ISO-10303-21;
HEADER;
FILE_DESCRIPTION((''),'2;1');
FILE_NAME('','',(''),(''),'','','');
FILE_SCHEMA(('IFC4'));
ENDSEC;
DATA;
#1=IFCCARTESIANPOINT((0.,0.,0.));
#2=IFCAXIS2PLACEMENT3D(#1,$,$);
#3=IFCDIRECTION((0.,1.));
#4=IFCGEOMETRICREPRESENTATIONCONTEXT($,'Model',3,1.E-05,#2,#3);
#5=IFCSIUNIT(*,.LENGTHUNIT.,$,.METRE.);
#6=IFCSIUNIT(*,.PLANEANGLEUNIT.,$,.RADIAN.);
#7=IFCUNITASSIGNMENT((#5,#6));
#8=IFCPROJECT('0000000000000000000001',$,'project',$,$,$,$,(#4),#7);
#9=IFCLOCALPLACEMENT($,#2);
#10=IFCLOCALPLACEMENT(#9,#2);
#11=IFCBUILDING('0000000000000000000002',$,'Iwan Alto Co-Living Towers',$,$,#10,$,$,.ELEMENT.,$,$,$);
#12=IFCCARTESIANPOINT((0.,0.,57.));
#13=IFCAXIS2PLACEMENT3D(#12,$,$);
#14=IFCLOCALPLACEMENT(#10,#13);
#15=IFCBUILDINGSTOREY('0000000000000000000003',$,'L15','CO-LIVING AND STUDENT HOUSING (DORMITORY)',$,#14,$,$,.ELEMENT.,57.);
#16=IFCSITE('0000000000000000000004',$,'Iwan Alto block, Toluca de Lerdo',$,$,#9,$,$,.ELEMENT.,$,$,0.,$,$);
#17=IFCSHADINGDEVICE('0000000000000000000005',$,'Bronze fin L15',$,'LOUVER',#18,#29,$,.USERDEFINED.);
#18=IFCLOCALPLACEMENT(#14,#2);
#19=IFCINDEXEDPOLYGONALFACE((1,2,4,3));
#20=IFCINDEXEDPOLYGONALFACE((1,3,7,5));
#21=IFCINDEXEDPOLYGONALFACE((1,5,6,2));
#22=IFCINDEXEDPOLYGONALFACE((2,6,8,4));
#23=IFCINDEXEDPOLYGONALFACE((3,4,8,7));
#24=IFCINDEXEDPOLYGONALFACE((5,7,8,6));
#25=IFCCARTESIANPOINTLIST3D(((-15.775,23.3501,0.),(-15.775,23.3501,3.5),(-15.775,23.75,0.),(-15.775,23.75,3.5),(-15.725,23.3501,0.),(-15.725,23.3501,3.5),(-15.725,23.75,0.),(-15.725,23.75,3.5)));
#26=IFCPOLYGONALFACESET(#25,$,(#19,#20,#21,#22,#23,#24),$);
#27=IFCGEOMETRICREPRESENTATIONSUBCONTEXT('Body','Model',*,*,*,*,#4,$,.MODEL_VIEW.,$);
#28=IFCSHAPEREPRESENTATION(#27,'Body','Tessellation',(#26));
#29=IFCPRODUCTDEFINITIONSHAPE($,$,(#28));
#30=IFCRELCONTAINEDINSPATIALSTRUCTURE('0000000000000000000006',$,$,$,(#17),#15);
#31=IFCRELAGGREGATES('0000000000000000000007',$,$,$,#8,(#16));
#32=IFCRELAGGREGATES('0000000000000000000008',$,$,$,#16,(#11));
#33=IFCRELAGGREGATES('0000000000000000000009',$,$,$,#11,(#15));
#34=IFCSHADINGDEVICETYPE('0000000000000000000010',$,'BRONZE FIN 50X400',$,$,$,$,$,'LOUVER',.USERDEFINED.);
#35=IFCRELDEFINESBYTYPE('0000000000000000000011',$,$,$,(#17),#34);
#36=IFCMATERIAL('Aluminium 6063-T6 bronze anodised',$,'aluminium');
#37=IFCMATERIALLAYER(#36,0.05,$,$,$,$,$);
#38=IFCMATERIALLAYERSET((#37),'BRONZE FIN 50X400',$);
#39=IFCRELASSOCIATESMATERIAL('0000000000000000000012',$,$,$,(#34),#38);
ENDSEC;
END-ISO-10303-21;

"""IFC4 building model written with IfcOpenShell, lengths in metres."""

from ifc_helpers import new_model, si_unit, direction, frame, origin, origin_2d, place, context, subcontext, project, spatial, rectangle, extrude, material, layer, layer_set, type_object, element, save


model = new_model("IFC4")

# Units and contexts
model_context = context("Model", 3, precision=1e-05, world=origin(), true_north=direction((0.0, 1.0)))
body_context = subcontext(model_context, "Body", "Model", "MODEL_VIEW")
ifc_project = project(units=[si_unit("LENGTHUNIT", "METRE"), si_unit("PLANEANGLEUNIT", "RADIAN")], contexts=[model_context])

# Site, building, storey
site_placement = place(None, origin())
site = spatial("IfcSite", under=ifc_project, at=site_placement, Name="Iwan Alto block, Toluca de Lerdo", CompositionType="ELEMENT", RefElevation=0.0)
building_placement = place(site_placement, origin())
building = spatial("IfcBuilding", under=site, at=building_placement, Name="Iwan Alto Co-Living Towers", CompositionType="ELEMENT")
storey_placement = place(building_placement, frame((0.0, 0.0, 57.0)))
storey = spatial("IfcBuildingStorey", under=building, at=storey_placement, Name="L15", Description="CO-LIVING AND STUDENT HOUSING (DORMITORY)", CompositionType="ELEMENT", Elevation=57.0)

# Shading device
ifc_material_1 = material(Name="Aluminium 6063-T6 bronze anodised", Category="aluminium")
ifc_layer_1 = layer(ifc_material_1, 0.05)
ifc_layer_set_1 = layer_set([ifc_layer_1], Name="BRONZE FIN 50X400")
shading_device_type = type_object("IfcShadingDeviceType", Name="BRONZE FIN 50X400", ElementType="LOUVER", PredefinedType="USERDEFINED", material=ifc_layer_set_1)
for number, where, z_axis, x_axis, name in (
    (1, (-15.75, 23.55, 0.0), (0.0, 0.0, 1.0), (-1.0, 0.0, 0.0), "Bronze fin L15"),
):
    element("IfcShadingDevice", number, at=place(storey_placement, frame(where, z_axis=z_axis, x_axis=x_axis)), inside=storey, type_object=shading_device_type, Name=name, ObjectType="LOUVER", PredefinedType="USERDEFINED", context=body_context, shape_type="SweptSolid", body=[
        extrude(rectangle(XDim=0.05, YDim=0.3999, at=origin_2d()), origin(), (0.0, 0.0, 1.0), 3.5),
    ])

save(model, "model.ifc")
